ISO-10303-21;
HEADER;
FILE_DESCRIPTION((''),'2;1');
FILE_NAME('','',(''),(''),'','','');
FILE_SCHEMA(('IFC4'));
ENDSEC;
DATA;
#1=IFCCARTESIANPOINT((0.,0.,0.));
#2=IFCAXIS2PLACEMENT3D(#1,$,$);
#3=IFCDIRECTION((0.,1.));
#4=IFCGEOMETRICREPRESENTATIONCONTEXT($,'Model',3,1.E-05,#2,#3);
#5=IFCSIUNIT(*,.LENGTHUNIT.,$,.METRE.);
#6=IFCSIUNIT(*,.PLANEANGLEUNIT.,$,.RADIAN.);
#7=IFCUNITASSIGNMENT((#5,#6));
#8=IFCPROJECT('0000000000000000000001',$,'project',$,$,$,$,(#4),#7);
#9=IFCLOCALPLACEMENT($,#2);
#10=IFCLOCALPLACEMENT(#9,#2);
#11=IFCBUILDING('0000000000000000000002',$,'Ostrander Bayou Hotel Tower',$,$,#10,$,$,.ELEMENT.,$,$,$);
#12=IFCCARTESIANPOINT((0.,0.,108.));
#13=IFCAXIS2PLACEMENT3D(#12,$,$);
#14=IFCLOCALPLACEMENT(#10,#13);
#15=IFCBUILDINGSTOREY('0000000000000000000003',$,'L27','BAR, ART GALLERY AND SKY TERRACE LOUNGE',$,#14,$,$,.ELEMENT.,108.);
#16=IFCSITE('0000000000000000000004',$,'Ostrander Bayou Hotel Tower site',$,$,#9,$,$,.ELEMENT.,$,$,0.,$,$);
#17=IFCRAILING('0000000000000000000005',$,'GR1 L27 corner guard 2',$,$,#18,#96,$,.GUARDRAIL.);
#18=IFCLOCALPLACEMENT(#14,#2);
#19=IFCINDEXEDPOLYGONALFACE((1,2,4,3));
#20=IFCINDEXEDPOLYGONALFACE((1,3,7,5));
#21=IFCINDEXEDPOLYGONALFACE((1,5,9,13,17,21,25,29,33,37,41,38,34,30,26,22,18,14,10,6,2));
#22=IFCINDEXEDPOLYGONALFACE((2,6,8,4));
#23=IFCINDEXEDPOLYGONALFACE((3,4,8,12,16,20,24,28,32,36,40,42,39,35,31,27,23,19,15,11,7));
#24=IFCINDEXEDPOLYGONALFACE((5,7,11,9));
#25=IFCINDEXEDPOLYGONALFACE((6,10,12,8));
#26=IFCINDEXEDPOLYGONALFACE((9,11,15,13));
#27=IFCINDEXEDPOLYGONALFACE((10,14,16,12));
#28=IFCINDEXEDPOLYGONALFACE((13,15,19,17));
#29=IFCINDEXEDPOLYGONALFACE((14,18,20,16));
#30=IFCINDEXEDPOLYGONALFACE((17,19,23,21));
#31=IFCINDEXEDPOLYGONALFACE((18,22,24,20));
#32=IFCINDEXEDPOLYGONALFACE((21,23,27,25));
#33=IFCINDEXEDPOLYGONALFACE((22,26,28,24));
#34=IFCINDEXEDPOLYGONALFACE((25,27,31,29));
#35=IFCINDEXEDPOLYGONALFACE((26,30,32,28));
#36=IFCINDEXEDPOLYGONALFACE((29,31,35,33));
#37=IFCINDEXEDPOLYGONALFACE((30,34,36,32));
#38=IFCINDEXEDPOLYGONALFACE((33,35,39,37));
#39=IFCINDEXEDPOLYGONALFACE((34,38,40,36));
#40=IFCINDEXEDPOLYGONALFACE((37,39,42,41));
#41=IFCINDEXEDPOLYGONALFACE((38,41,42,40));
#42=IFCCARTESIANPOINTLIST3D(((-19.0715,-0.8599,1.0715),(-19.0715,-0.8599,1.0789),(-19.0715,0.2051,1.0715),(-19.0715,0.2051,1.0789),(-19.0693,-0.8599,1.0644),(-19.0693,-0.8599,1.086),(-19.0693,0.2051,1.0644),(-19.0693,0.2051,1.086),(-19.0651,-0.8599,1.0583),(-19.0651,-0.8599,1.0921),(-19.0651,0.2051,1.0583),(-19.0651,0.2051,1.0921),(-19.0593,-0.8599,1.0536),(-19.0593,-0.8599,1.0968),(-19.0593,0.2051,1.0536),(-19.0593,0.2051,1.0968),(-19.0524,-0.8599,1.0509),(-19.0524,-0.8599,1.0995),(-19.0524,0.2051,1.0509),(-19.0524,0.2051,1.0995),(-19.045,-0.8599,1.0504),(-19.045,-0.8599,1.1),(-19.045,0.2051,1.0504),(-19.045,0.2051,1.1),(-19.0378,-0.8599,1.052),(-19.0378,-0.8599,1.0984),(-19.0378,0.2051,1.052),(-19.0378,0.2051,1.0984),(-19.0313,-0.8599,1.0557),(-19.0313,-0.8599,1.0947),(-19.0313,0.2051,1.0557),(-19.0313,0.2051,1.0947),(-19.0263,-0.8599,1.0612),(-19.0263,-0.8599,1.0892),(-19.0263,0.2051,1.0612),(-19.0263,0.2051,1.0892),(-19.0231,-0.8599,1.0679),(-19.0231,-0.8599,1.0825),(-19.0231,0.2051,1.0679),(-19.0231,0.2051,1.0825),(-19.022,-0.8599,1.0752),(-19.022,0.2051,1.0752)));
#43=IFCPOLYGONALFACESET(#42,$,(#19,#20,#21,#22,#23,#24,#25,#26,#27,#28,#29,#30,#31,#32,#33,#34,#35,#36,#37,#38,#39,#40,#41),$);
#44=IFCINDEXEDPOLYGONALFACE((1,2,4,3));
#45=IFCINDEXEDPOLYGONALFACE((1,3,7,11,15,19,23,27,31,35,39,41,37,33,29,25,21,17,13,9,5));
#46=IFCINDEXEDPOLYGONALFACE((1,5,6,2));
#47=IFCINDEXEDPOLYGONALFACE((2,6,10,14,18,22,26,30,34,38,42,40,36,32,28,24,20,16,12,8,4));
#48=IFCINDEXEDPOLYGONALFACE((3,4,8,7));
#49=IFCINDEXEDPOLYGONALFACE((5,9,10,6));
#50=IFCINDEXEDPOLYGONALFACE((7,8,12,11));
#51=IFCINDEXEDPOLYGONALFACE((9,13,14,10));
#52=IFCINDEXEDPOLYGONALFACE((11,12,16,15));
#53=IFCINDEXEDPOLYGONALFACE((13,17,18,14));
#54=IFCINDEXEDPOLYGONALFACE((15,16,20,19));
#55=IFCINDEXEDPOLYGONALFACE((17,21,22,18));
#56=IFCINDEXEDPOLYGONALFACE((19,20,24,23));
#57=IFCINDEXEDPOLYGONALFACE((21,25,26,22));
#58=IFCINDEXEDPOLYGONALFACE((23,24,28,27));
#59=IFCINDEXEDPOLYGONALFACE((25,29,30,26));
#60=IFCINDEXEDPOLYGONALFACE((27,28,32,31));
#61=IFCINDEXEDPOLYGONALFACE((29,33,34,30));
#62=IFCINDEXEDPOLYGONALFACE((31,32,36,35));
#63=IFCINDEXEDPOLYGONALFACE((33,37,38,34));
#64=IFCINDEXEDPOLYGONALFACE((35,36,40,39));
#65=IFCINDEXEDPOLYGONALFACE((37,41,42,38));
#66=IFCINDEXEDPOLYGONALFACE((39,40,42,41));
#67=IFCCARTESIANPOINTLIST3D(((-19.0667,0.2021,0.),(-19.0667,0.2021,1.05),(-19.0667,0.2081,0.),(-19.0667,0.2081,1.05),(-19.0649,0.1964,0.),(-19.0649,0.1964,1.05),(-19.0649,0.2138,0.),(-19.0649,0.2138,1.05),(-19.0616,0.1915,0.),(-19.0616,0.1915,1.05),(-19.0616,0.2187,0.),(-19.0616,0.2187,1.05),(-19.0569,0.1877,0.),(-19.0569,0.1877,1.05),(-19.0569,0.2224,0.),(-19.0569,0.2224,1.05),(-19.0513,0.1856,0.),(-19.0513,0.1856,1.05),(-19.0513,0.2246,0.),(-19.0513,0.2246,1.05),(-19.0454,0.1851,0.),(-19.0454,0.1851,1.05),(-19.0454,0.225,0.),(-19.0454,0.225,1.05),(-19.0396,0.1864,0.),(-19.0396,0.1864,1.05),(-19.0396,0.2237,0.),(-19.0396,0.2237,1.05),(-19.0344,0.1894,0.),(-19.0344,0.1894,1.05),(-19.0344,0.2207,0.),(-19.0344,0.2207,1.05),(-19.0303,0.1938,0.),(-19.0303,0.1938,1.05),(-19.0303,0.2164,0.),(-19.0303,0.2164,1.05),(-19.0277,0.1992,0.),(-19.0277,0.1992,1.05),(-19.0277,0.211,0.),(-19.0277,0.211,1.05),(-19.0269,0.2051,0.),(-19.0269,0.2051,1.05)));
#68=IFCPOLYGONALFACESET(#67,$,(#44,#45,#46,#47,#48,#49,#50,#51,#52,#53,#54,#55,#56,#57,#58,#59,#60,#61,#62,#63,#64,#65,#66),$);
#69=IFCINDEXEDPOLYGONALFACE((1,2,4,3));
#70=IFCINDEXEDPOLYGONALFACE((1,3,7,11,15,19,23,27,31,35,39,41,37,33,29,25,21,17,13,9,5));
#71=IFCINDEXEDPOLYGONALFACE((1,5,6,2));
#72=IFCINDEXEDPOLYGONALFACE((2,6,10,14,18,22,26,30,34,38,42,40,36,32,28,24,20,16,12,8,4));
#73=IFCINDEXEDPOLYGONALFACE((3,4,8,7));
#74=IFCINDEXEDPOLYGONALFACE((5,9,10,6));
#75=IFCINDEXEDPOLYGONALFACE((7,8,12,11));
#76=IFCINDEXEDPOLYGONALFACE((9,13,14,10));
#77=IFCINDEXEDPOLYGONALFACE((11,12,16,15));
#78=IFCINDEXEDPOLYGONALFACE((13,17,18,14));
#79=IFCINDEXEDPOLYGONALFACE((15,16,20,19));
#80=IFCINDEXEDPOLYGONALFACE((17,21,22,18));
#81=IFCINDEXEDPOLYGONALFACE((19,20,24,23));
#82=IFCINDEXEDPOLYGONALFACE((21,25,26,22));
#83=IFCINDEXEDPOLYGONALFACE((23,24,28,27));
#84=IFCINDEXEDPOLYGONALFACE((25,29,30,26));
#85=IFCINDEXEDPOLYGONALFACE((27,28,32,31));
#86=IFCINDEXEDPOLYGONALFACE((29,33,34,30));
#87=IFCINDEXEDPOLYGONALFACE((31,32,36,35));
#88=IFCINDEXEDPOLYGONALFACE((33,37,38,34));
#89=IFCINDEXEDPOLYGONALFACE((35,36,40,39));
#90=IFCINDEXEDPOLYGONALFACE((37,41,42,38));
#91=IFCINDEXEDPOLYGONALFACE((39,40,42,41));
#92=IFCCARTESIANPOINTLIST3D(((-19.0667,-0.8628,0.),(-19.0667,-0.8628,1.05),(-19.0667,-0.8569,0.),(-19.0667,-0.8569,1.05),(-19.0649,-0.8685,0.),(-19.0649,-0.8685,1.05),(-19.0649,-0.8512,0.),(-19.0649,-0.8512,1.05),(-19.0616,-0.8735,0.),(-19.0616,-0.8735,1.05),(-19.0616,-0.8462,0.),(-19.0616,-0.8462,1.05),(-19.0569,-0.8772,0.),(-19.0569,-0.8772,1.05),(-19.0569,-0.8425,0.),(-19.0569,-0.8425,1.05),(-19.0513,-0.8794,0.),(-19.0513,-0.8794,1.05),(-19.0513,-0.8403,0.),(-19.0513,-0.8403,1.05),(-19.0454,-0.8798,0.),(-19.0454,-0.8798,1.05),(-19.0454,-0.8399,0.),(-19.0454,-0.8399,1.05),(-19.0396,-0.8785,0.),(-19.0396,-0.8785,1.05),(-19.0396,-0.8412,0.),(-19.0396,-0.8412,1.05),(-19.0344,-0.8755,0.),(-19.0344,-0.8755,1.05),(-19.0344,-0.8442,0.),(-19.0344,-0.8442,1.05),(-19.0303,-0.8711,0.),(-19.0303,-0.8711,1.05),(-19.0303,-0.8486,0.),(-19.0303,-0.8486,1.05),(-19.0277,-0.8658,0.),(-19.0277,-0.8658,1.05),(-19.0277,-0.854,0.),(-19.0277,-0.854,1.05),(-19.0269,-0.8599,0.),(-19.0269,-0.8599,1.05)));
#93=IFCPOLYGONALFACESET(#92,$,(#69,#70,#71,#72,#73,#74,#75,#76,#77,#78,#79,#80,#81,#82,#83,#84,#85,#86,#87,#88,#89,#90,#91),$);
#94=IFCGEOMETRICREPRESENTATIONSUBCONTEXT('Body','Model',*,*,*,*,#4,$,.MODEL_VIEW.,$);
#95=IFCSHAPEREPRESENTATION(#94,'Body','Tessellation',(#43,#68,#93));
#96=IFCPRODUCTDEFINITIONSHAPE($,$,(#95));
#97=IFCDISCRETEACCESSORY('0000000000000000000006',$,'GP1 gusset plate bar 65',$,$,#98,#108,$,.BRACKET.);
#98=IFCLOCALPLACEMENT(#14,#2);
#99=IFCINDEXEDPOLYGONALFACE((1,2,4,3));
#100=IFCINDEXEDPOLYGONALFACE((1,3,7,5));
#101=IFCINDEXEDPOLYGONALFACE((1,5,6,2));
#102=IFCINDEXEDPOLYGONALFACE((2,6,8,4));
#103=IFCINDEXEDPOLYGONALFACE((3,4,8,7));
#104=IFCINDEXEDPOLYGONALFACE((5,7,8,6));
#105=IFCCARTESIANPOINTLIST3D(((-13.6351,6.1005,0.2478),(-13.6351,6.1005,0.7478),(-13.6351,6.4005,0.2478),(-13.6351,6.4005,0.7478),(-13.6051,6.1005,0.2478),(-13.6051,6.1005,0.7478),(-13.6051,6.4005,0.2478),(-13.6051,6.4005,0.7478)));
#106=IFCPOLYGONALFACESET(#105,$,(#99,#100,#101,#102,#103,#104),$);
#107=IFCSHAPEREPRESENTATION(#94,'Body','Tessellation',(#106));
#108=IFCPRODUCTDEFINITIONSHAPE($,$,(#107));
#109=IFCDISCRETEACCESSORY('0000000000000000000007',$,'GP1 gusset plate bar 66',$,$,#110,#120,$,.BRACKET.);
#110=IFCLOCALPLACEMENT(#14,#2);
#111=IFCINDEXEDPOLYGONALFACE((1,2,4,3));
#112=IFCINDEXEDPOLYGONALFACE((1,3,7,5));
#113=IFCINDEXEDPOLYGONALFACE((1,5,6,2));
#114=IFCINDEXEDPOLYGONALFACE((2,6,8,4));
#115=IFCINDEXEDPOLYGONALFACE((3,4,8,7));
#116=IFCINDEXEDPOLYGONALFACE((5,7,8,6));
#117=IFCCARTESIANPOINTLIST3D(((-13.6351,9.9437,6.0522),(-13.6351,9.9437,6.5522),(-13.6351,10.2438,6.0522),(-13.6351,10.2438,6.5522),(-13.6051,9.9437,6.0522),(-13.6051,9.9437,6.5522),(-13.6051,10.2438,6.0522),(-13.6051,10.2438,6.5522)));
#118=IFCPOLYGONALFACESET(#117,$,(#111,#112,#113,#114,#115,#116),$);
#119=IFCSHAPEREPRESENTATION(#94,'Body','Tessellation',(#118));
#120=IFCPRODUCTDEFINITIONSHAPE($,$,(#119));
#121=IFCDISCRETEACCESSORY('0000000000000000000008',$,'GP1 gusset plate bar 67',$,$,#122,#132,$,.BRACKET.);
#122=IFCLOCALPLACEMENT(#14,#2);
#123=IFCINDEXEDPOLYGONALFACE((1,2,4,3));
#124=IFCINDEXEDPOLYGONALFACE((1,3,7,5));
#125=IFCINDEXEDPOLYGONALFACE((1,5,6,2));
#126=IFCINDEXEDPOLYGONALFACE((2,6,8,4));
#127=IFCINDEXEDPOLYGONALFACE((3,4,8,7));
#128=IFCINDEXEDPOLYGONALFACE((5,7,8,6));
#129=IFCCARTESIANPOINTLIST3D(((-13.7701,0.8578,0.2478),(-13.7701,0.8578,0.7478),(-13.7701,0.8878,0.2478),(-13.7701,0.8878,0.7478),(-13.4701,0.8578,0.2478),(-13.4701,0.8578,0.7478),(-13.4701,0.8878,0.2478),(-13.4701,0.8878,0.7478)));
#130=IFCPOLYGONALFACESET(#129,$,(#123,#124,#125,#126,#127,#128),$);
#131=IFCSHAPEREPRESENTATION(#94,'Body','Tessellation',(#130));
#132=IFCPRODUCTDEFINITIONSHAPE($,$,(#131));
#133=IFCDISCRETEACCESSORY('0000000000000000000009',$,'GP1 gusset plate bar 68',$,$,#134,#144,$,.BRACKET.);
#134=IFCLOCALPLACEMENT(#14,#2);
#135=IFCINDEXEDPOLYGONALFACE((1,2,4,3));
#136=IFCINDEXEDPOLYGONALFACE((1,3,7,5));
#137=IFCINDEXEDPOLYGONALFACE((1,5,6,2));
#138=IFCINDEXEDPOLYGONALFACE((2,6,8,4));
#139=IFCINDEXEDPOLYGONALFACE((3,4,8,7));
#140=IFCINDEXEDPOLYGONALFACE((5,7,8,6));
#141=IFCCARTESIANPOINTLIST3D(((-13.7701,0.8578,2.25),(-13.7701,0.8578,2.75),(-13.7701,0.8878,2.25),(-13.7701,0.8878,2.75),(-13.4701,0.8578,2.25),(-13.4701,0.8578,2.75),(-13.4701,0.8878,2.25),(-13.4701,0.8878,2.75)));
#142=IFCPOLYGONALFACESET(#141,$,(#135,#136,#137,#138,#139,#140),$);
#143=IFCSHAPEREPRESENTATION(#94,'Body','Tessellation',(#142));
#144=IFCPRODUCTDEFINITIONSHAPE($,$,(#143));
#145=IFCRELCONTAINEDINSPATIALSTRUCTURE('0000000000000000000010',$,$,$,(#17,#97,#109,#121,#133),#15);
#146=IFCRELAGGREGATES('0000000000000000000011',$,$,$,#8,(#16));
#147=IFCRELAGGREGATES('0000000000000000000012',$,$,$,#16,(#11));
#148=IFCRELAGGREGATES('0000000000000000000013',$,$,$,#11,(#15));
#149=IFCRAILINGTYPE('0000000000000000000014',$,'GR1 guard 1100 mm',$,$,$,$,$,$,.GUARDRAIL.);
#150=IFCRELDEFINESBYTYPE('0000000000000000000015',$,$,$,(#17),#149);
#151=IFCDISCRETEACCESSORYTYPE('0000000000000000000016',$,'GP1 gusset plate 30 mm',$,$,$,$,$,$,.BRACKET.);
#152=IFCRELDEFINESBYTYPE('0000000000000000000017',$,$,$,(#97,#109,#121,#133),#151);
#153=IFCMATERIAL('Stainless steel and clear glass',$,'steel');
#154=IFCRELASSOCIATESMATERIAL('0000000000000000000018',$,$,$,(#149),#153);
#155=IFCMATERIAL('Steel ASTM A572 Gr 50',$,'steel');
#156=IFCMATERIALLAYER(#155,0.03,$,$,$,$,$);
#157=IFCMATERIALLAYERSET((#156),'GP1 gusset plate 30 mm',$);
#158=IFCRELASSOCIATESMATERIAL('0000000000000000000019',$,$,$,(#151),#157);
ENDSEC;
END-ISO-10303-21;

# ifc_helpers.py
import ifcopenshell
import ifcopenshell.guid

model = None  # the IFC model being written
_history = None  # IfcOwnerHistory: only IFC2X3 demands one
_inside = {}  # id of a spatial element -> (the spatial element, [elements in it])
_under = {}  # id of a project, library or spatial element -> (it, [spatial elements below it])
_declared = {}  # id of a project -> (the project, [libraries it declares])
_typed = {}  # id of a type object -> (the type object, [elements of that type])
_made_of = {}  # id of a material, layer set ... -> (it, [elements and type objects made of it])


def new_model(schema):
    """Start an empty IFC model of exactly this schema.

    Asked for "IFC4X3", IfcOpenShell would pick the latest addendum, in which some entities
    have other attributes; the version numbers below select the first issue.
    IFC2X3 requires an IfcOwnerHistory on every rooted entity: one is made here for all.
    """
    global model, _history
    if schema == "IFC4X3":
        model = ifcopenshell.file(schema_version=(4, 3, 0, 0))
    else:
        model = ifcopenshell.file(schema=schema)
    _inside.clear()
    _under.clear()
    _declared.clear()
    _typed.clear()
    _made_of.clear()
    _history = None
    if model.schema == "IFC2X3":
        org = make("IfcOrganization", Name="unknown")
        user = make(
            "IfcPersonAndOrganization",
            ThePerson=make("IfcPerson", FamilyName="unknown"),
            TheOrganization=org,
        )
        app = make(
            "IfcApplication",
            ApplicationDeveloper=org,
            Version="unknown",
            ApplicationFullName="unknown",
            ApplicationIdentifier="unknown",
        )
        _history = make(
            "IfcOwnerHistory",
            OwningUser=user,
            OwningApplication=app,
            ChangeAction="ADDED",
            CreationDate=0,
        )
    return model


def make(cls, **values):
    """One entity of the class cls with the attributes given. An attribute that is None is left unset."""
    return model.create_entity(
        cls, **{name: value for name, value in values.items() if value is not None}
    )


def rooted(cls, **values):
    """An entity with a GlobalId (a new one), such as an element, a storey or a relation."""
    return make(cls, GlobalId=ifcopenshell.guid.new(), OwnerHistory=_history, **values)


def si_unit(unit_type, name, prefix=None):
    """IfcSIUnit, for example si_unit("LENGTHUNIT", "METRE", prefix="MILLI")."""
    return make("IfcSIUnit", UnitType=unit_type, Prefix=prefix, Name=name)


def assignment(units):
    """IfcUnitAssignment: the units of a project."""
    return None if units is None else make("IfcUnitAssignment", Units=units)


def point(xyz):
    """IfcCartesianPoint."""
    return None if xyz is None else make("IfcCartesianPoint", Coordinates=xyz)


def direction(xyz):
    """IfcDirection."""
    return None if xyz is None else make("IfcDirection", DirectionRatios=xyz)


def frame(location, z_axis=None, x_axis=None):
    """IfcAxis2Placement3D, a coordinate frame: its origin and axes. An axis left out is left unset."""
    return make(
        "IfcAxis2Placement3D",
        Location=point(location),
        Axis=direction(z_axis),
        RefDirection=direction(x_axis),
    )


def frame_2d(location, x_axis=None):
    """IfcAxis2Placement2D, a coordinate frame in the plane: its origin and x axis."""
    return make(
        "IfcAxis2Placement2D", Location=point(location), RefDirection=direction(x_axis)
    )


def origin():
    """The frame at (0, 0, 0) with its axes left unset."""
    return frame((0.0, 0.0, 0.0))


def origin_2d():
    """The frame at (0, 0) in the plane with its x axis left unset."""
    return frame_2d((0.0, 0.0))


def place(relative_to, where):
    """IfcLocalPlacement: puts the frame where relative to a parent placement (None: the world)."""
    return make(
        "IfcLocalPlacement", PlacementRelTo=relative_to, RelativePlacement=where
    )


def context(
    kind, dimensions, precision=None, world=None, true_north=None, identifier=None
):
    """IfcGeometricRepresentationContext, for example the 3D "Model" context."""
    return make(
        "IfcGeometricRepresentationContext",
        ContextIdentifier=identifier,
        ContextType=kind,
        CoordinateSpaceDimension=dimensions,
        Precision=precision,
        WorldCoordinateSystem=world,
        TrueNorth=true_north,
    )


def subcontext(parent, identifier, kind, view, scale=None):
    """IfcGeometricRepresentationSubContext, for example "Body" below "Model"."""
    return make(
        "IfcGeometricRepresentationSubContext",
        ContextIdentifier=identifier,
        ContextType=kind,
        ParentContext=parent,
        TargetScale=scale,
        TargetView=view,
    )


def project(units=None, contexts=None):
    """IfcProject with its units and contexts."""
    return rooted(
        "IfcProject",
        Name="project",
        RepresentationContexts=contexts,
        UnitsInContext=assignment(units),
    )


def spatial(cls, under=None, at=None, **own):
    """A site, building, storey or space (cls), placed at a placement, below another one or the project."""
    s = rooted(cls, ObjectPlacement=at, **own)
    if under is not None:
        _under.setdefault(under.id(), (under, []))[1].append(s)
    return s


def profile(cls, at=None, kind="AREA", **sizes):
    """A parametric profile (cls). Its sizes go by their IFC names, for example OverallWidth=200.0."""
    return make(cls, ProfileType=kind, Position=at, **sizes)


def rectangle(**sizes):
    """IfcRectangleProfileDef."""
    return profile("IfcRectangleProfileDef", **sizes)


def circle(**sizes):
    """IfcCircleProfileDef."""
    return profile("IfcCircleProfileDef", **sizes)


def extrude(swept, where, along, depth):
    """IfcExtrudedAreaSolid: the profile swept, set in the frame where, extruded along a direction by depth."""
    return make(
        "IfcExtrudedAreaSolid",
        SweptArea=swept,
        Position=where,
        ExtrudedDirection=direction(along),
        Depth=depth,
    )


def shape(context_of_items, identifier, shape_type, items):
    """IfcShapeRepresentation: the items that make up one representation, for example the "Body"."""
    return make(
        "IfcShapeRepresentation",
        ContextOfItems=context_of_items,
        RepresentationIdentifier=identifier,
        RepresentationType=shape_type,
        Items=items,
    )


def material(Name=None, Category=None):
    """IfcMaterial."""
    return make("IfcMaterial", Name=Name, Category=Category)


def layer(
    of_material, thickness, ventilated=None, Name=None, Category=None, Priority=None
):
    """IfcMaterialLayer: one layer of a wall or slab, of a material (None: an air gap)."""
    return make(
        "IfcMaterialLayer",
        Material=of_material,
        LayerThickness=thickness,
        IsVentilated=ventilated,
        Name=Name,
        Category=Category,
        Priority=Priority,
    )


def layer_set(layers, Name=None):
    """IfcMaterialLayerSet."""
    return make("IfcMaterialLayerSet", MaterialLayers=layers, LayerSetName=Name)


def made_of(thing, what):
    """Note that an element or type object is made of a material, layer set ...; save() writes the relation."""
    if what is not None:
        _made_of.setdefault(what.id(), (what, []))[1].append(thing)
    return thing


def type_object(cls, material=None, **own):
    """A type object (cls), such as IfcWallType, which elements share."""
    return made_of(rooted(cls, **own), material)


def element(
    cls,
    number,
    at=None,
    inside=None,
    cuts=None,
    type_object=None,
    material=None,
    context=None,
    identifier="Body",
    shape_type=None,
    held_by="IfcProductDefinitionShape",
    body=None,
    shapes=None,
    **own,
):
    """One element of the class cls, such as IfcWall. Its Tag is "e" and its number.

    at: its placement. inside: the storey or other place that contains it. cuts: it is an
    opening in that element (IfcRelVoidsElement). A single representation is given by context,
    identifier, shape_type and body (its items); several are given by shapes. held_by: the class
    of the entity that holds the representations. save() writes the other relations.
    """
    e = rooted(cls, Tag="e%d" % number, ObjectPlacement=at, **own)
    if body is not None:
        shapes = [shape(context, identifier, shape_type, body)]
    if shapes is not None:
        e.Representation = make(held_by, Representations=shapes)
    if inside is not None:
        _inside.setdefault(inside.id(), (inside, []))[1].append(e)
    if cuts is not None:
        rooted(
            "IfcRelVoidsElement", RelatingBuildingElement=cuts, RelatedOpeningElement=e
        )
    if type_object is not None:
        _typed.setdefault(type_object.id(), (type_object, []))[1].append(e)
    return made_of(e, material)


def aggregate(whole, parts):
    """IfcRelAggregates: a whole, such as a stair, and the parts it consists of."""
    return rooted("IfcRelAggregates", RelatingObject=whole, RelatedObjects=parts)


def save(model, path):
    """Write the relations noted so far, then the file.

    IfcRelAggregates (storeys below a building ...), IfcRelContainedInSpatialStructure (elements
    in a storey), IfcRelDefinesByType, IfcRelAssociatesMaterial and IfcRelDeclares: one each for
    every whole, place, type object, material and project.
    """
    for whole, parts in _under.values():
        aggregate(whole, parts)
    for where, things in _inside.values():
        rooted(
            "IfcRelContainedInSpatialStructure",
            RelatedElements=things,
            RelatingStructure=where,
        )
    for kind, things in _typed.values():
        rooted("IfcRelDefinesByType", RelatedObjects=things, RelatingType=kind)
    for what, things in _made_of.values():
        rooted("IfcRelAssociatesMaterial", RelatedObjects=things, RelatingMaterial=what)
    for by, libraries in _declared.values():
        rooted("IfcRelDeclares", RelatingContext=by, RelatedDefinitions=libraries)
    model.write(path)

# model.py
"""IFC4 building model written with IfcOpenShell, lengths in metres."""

from ifc_helpers import new_model, si_unit, direction, frame, origin, origin_2d, place, context, subcontext, project, spatial, rectangle, circle, extrude, material, layer, layer_set, type_object, element, save


model = new_model("IFC4")

# Units and contexts
model_context = context("Model", 3, precision=1e-05, world=origin(), true_north=direction((0.0, 1.0)))
body_context = subcontext(model_context, "Body", "Model", "MODEL_VIEW")
ifc_project = project(units=[si_unit("LENGTHUNIT", "METRE"), si_unit("PLANEANGLEUNIT", "RADIAN")], contexts=[model_context])

# Site, building, storey
site_placement = place(None, origin())
site = spatial("IfcSite", under=ifc_project, at=site_placement, Name="Ostrander Bayou Hotel Tower site", CompositionType="ELEMENT", RefElevation=0.0)
building_placement = place(site_placement, origin())
building = spatial("IfcBuilding", under=site, at=building_placement, Name="Ostrander Bayou Hotel Tower", CompositionType="ELEMENT")
storey_placement = place(building_placement, frame((0.0, 0.0, 108.0)))
storey = spatial("IfcBuildingStorey", under=building, at=storey_placement, Name="L27", Description="BAR, ART GALLERY AND SKY TERRACE LOUNGE", CompositionType="ELEMENT", Elevation=108.0)

# Railing
ifc_material_1 = material(Name="Stainless steel and clear glass", Category="steel")
railing_type = type_object("IfcRailingType", Name="GR1 guard 1100 mm", PredefinedType="GUARDRAIL", material=ifc_material_1)
railing_1_placement = place(storey_placement, frame((-19.0469, 0.2051, 0.0)))
element("IfcRailing", 1, at=railing_1_placement, inside=storey, type_object=railing_type, Name="GR1 L27 corner guard 2", PredefinedType="GUARDRAIL", context=body_context, shape_type="SweptSolid", body=[
    extrude(circle(Radius=0.0249, at=origin_2d()), frame((0.0, 0.0, 1.0752), z_axis=(0.0, -1.0, 0.0), x_axis=(1.0, 0.0, 0.0)), (0.0, 0.0, 1.0), 1.0649),
    extrude(circle(Radius=0.02, at=origin_2d()), origin(), (0.0, 0.0, 1.0), 1.05),
    extrude(circle(Radius=0.02, at=origin_2d()), frame((0.0, -1.0649, 0.0)), (0.0, 0.0, 1.0), 1.05),
])

# Discrete accessories
ifc_material_2 = material(Name="Steel ASTM A572 Gr 50", Category="steel")
ifc_layer_1 = layer(ifc_material_2, 0.03)
ifc_layer_set_1 = layer_set([ifc_layer_1], Name="GP1 gusset plate 30 mm")
discrete_accessory_type = type_object("IfcDiscreteAccessoryType", Name="GP1 gusset plate 30 mm", PredefinedType="BRACKET", material=ifc_layer_set_1)
for number, where, z_axis, x_axis, name in (
    (2, (-13.6201, 6.2505, 0.2478), (0.0, 0.0, 1.0), (0.0, 1.0, 0.0), "GP1 gusset plate bar 65"),
    (3, (-13.6201, 10.0938, 6.0522), (0.0, 0.0, 1.0), (0.0, 1.0, 0.0), "GP1 gusset plate bar 66"),
    (4, (-13.6201, 0.8728, 0.2478), (0.0, 0.0, 1.0), (1.0, 0.0, 0.0), "GP1 gusset plate bar 67"),
    (5, (-13.6201, 0.8728, 2.25), (0.0, 0.0, 1.0), (1.0, 0.0, 0.0), "GP1 gusset plate bar 68"),
):
    element("IfcDiscreteAccessory", number, at=place(storey_placement, frame(where, z_axis=z_axis, x_axis=x_axis)), inside=storey, type_object=discrete_accessory_type, Name=name, PredefinedType="BRACKET", context=body_context, shape_type="SweptSolid", body=[
        extrude(rectangle(XDim=0.3, YDim=0.03, at=origin_2d()), origin(), (0.0, 0.0, 1.0), 0.5),
    ])

save(model, "model.ifc")
